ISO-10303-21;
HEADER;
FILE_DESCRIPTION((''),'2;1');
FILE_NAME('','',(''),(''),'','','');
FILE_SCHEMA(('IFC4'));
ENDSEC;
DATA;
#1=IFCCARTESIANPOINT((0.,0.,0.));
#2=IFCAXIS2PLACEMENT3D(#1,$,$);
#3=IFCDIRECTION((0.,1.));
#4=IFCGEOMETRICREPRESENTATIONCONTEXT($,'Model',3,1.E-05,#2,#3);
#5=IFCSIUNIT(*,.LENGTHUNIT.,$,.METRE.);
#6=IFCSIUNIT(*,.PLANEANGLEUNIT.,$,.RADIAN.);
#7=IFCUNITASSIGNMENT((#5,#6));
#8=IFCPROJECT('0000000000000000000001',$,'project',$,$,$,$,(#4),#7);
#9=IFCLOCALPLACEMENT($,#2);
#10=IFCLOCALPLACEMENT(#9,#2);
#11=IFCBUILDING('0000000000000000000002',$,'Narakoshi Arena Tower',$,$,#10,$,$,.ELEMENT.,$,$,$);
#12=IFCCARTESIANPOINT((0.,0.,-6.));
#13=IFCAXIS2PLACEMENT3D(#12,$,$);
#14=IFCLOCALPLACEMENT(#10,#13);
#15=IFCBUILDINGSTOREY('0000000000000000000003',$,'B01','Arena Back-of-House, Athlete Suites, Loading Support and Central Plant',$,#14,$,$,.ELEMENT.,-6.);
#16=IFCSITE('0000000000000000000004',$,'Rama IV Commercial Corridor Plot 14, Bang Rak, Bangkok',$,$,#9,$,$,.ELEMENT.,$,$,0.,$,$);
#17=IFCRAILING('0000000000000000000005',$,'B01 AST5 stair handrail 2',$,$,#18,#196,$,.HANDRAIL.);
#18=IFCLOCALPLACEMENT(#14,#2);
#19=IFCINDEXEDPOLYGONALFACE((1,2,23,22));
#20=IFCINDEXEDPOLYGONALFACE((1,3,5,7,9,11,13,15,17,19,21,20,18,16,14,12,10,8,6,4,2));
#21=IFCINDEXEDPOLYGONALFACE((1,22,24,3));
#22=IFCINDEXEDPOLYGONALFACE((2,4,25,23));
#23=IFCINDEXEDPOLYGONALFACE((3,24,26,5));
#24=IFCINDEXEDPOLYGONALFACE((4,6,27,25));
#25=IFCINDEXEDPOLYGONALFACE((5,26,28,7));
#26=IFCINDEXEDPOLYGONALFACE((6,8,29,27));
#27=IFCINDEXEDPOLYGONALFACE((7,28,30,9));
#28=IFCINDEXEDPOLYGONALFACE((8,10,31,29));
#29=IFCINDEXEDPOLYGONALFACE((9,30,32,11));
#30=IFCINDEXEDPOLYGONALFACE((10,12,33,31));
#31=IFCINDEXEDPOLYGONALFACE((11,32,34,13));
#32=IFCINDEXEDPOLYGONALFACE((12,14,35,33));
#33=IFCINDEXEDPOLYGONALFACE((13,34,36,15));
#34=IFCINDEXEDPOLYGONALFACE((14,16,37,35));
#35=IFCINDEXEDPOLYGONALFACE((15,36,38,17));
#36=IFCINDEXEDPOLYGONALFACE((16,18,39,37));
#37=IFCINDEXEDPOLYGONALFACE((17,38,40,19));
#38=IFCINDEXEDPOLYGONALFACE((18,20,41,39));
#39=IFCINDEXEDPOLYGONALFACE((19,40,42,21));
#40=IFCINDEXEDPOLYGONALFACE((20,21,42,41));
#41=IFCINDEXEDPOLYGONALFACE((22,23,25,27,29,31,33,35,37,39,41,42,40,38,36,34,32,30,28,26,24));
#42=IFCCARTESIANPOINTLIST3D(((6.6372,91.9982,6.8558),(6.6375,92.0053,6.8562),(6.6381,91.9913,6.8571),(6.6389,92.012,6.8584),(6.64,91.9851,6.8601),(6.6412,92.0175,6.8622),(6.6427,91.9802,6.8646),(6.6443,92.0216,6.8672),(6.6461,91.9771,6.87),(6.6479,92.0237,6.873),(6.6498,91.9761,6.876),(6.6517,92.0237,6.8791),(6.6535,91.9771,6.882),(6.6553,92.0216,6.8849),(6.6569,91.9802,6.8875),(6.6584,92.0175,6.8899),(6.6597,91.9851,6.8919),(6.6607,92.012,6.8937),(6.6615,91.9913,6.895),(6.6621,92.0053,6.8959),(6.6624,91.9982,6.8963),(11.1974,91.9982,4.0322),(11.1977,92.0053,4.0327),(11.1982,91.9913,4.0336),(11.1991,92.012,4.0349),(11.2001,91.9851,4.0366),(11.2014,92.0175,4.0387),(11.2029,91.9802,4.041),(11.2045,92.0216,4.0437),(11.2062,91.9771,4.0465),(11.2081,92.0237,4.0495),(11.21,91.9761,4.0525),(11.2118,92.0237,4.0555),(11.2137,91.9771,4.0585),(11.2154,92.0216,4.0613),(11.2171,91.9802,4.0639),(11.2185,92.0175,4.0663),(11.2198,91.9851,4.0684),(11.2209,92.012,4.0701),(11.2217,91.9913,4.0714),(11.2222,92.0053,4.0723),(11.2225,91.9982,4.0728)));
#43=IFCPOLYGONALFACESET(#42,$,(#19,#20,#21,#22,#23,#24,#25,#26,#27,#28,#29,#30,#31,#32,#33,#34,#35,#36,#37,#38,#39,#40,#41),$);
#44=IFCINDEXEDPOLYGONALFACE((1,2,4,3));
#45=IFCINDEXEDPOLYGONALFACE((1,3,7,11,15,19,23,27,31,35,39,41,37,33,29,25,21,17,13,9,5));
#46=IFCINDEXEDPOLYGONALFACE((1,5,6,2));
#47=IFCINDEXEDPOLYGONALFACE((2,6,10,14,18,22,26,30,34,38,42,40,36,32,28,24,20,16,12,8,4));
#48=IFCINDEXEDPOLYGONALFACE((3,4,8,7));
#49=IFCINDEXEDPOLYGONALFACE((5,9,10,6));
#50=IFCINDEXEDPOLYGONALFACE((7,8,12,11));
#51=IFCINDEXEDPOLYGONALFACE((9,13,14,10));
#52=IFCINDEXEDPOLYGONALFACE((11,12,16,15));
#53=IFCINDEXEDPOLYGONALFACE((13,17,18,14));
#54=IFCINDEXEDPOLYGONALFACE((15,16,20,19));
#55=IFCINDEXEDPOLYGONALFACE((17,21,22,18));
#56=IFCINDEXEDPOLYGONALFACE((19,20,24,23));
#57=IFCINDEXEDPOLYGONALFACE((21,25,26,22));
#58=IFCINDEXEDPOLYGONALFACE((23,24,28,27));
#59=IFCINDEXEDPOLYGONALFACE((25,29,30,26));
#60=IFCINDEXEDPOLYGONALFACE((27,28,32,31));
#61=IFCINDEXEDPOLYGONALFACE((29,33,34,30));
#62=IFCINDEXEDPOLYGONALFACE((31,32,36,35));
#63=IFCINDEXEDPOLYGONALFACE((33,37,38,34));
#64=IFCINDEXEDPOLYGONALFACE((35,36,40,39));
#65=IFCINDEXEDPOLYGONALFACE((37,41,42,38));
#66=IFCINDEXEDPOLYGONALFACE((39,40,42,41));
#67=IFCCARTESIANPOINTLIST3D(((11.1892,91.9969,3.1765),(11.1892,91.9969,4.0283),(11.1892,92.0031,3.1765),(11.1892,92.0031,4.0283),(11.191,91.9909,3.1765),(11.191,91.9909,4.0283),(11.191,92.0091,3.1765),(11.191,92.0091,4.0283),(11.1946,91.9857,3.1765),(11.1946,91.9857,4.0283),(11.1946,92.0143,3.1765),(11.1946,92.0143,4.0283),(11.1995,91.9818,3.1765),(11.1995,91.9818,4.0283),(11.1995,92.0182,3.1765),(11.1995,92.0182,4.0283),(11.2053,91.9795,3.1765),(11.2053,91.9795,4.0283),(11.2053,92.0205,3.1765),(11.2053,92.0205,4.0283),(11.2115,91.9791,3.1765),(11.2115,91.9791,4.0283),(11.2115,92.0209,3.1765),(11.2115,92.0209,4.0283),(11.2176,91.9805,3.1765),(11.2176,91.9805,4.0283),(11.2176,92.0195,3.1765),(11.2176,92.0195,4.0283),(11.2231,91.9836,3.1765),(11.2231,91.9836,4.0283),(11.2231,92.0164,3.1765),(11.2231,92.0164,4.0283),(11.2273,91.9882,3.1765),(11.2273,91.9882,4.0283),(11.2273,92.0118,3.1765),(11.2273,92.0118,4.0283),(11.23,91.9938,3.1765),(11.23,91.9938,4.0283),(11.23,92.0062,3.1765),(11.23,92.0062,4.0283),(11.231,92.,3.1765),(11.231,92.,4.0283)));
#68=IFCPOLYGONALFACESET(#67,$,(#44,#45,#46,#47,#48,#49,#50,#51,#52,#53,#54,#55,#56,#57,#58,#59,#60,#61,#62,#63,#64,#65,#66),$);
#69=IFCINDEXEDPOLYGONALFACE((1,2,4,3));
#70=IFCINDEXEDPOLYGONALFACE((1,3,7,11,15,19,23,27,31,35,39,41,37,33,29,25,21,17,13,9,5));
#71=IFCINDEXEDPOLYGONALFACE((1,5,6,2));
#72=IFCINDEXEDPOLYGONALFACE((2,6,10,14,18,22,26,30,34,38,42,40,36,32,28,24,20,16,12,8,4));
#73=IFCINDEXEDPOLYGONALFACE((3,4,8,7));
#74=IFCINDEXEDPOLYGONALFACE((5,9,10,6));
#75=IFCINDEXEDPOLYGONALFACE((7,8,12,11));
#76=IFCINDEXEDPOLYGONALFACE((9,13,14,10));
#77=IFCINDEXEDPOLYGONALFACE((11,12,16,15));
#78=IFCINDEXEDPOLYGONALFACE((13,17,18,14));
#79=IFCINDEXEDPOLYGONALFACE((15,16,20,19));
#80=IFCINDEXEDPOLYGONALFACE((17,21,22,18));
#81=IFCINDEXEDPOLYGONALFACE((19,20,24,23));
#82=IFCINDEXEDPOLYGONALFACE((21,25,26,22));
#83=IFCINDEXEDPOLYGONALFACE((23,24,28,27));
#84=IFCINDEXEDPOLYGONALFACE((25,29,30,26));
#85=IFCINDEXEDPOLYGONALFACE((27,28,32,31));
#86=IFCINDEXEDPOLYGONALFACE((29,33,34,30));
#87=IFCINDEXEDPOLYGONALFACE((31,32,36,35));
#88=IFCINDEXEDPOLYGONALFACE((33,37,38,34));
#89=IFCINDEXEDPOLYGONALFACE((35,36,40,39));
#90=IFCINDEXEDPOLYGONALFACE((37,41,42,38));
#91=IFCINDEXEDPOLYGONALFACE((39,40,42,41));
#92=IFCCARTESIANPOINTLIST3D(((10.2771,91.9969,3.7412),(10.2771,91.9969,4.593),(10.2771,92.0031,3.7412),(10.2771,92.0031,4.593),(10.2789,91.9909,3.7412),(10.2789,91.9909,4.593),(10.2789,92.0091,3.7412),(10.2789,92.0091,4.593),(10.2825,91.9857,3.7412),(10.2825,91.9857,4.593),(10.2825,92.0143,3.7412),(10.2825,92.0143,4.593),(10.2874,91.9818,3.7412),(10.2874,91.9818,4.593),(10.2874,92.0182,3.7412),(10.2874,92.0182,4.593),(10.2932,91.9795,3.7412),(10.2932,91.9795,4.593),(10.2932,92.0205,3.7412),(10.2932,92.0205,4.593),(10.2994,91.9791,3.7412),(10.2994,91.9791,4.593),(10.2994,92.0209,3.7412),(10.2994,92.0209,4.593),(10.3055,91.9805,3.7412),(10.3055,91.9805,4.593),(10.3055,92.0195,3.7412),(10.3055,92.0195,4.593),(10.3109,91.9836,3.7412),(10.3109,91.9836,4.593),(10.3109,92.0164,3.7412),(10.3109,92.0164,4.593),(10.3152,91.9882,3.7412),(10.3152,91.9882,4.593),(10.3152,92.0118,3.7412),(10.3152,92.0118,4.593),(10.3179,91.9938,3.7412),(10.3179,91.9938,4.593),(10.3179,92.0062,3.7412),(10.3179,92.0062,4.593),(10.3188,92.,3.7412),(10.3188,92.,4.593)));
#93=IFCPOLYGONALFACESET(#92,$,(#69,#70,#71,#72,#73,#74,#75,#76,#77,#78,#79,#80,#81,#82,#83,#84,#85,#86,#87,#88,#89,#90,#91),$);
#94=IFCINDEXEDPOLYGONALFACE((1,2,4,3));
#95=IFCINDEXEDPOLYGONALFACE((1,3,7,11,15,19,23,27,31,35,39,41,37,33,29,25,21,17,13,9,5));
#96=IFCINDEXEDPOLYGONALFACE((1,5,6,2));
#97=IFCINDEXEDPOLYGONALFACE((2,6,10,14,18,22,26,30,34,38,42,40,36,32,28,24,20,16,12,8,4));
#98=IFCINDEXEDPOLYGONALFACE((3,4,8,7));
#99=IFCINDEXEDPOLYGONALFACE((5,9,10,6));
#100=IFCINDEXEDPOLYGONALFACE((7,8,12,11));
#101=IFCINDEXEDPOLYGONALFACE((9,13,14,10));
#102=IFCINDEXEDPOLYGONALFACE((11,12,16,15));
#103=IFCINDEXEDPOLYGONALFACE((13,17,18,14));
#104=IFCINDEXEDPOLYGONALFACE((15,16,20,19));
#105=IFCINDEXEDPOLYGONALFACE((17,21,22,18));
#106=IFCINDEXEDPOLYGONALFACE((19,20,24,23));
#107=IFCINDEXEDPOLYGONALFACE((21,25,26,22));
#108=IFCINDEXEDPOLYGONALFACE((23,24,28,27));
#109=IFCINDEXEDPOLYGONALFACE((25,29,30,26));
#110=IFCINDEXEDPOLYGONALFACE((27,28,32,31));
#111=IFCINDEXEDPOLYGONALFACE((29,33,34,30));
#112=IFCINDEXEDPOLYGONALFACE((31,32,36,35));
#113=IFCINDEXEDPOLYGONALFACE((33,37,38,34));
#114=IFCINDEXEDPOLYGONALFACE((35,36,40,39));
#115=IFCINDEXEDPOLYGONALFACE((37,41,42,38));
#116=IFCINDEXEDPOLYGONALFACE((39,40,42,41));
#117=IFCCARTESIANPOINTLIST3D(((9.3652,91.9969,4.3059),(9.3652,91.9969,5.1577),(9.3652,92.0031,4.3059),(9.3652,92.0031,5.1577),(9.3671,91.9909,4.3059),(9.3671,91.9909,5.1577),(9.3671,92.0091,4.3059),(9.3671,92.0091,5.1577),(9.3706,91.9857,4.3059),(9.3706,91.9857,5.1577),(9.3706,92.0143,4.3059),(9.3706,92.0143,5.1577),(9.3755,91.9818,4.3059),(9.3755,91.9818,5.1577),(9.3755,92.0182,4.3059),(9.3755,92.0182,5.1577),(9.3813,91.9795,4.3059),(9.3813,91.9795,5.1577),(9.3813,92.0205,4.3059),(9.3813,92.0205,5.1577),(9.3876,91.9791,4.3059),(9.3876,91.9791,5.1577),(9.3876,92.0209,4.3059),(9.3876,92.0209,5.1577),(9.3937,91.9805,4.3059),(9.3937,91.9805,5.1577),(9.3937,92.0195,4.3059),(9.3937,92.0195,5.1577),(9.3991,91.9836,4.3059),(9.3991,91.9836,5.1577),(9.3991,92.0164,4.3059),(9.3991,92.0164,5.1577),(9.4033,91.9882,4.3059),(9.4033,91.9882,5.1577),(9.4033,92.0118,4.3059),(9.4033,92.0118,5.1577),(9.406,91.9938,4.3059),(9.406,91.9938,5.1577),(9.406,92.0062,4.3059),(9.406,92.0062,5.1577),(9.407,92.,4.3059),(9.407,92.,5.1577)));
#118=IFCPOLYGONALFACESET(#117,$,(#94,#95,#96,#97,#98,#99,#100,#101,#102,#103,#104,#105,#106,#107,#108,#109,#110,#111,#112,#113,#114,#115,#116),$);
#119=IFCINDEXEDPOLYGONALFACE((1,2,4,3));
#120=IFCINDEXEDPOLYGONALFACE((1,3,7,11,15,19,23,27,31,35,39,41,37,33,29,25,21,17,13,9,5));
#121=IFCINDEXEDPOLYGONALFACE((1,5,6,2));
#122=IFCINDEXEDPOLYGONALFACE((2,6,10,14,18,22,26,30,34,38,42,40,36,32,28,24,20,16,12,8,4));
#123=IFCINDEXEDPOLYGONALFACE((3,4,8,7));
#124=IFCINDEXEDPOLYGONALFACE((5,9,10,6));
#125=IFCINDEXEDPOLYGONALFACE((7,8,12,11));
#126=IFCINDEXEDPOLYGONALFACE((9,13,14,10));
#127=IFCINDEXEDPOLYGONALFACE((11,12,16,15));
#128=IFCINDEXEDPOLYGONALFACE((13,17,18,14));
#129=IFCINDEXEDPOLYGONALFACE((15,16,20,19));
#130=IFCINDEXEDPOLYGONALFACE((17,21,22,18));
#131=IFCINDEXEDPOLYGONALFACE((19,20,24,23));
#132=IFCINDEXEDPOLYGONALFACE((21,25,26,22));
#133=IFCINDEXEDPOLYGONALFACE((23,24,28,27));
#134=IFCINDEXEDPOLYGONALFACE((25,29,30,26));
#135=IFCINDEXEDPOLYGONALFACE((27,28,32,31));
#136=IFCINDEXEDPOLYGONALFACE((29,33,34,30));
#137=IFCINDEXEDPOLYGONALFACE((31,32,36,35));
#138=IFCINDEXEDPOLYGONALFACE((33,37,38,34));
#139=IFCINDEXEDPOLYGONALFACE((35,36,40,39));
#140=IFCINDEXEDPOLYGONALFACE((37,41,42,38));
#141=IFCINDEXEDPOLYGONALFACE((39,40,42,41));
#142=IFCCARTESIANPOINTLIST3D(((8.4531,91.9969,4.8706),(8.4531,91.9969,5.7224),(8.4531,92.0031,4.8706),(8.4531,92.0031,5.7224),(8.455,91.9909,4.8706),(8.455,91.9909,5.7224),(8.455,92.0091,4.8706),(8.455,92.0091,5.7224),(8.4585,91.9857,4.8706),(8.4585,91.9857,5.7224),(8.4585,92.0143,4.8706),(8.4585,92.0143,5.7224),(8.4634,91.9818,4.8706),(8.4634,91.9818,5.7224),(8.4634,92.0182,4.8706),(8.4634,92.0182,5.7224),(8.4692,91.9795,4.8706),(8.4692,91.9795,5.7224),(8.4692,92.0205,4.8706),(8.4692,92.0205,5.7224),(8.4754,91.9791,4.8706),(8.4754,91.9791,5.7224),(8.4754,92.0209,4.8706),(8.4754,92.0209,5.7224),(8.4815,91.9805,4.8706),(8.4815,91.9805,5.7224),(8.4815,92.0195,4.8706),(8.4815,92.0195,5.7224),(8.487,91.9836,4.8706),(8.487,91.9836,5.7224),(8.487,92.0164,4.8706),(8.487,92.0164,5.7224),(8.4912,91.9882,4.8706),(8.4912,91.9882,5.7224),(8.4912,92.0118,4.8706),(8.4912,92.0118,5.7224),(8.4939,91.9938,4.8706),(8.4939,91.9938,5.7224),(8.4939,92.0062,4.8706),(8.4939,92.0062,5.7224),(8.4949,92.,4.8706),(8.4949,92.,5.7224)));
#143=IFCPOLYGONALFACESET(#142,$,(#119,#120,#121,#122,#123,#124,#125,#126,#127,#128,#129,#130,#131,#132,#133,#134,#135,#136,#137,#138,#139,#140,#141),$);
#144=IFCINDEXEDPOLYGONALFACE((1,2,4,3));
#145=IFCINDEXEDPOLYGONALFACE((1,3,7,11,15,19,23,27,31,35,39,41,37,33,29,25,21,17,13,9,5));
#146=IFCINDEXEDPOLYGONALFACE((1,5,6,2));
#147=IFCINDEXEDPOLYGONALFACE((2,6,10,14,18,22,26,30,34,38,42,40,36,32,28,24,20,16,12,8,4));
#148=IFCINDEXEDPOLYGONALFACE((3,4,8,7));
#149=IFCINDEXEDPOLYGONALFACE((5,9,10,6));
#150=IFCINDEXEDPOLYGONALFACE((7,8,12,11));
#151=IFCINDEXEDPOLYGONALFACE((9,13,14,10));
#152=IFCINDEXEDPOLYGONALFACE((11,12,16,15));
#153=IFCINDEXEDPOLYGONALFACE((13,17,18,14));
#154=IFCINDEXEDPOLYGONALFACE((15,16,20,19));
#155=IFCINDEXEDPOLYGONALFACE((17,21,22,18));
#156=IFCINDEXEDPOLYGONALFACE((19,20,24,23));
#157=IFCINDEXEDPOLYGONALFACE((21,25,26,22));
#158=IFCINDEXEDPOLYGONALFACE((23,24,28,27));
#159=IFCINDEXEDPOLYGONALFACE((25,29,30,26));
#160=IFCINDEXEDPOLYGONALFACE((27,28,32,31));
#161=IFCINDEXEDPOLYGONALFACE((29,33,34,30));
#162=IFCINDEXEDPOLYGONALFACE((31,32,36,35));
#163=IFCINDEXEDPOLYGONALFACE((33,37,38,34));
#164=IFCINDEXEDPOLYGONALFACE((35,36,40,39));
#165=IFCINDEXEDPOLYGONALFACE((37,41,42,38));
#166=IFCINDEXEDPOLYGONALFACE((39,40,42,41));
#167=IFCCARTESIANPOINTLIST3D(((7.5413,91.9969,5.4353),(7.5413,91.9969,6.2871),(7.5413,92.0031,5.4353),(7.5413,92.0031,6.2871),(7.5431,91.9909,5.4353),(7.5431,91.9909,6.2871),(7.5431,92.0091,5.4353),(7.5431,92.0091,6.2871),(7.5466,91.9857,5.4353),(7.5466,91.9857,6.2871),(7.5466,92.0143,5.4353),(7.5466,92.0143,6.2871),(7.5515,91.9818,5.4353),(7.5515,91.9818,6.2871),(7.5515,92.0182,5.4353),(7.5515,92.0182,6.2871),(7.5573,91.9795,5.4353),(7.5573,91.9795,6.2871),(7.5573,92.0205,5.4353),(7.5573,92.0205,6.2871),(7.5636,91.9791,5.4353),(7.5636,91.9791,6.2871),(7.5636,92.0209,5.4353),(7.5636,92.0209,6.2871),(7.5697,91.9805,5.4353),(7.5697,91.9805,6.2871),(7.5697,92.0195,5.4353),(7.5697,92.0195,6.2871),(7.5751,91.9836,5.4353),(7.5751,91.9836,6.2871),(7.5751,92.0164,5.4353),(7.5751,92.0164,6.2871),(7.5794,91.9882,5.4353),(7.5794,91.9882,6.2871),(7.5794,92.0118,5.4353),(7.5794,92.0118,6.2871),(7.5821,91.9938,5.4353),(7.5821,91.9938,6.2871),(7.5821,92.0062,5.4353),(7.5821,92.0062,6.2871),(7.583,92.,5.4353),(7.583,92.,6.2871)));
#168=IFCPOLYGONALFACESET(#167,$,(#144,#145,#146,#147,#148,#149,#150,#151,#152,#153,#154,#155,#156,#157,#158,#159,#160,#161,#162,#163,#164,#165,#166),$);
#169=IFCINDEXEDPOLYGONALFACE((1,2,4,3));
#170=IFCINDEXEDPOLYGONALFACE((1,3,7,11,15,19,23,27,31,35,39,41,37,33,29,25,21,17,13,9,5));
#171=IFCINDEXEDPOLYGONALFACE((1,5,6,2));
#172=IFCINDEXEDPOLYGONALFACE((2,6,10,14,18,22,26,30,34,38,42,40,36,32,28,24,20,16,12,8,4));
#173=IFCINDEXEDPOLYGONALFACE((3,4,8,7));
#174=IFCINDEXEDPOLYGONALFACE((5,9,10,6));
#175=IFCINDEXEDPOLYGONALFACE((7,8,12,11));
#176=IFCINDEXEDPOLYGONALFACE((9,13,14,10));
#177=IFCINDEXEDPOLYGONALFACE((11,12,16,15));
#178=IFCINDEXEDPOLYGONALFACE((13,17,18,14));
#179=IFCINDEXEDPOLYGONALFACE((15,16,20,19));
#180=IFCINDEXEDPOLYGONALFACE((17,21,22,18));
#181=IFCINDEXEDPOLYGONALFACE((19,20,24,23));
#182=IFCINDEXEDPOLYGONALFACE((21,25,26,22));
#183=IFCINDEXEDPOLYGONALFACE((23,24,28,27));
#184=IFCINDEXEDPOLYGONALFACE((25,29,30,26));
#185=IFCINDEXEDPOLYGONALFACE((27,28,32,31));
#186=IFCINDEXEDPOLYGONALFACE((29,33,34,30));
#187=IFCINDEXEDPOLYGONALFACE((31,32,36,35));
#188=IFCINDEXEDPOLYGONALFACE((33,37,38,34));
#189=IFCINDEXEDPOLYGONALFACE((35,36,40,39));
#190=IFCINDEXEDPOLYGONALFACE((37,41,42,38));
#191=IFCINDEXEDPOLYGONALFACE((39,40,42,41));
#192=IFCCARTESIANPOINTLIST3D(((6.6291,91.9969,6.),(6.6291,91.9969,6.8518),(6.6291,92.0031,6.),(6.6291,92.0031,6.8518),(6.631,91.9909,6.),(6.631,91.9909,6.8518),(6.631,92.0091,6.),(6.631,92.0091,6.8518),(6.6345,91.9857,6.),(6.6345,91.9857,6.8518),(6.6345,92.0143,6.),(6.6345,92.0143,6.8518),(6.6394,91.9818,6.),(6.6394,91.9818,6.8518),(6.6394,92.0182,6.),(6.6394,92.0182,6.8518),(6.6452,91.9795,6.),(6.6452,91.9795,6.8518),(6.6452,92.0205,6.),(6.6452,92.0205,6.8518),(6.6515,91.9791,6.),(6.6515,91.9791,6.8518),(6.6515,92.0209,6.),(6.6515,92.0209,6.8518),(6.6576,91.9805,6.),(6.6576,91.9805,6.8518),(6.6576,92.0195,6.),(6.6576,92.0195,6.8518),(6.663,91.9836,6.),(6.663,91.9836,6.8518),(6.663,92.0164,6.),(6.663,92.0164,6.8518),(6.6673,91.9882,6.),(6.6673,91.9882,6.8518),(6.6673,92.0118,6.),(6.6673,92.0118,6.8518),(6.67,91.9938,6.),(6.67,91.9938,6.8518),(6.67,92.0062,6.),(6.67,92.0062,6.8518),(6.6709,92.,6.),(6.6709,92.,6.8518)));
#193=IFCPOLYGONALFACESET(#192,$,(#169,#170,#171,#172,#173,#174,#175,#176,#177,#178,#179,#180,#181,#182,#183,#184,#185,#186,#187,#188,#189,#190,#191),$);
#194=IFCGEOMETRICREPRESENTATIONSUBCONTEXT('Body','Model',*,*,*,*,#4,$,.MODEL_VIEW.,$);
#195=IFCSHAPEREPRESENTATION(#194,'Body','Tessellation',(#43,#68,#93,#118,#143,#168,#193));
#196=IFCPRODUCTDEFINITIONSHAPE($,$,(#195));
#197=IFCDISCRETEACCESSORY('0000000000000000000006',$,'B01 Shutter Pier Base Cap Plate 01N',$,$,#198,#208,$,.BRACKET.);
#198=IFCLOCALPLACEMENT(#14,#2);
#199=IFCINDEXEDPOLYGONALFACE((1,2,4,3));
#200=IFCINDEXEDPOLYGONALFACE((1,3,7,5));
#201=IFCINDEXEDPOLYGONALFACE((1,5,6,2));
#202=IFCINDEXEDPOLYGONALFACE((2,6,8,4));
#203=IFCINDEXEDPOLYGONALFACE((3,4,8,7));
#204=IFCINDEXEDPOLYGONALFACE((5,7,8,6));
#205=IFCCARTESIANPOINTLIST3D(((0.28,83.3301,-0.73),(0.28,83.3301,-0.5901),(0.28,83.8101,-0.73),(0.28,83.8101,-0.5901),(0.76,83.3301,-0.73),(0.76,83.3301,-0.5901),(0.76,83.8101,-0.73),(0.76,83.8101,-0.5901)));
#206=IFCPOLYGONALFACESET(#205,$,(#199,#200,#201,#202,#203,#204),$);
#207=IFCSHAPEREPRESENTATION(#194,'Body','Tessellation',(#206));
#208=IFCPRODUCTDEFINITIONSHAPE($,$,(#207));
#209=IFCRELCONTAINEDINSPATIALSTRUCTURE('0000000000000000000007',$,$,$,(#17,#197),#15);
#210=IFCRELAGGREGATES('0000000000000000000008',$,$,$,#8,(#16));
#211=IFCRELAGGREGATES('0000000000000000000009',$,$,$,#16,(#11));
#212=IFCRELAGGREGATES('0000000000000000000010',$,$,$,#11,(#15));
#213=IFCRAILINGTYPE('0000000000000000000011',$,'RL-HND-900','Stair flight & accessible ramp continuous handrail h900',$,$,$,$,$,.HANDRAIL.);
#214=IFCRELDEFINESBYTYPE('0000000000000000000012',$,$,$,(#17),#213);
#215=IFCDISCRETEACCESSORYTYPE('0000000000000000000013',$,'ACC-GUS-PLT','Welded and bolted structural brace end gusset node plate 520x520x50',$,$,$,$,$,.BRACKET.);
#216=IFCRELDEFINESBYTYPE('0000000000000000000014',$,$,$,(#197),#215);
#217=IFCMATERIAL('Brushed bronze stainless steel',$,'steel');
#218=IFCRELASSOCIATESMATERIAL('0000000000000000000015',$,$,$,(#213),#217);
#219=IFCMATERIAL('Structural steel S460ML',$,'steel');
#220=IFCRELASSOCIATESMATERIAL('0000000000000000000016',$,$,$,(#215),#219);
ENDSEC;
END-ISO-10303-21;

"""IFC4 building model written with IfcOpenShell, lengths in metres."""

from ifc_helpers import new_model, si_unit, direction, frame, origin, origin_2d, place, context, subcontext, project, spatial, rectangle, circle, extrude, material, type_object, element, save


model = new_model("IFC4")

# Units and contexts
model_context = context("Model", 3, precision=1e-05, world=origin(), true_north=direction((0.0, 1.0)))
body_context = subcontext(model_context, "Body", "Model", "MODEL_VIEW")
ifc_project = project(units=[si_unit("LENGTHUNIT", "METRE"), si_unit("PLANEANGLEUNIT", "RADIAN")], contexts=[model_context])

# Site, building, storey
site_placement = place(None, origin())
site = spatial("IfcSite", under=ifc_project, at=site_placement, Name="Rama IV Commercial Corridor Plot 14, Bang Rak, Bangkok", CompositionType="ELEMENT", RefElevation=0.0)
building_placement = place(site_placement, origin())
building = spatial("IfcBuilding", under=site, at=building_placement, Name="Narakoshi Arena Tower", CompositionType="ELEMENT")
storey_placement = place(building_placement, frame((0.0, 0.0, -6.0)))
storey = spatial("IfcBuildingStorey", under=building, at=storey_placement, Name="B01", Description="Arena Back-of-House, Athlete Suites, Loading Support and Central Plant", CompositionType="ELEMENT", Elevation=-6.0)

# Railing
ifc_material_1 = material(Name="Brushed bronze stainless steel", Category="steel")
railing_type_1 = type_object("IfcRailingType", Name="RL-HND-900", Description="Stair flight & accessible ramp continuous handrail h900", PredefinedType="HANDRAIL", material=ifc_material_1)
railing_1_placement = place(storey_placement, frame((11.21, 92.0, 3.1765)))
element("IfcRailing", 1, at=railing_1_placement, inside=storey, type_object=railing_type_1, Name="B01 AST5 stair handrail 2", PredefinedType="HANDRAIL", context=body_context, shape_type="SweptSolid", body=[
    extrude(circle(Radius=0.0239, at=origin_2d()), frame((0.0, 0.0, 0.876), z_axis=(-0.850216, 0.0, 0.526435), x_axis=(0.0, -1.0, 0.0)), (0.0, 0.0, 1.0), 5.3635),
    extrude(circle(Radius=0.021, at=origin_2d()), origin(), (0.0, 0.0, 1.0), 0.8518),
    extrude(circle(Radius=0.021, at=origin_2d()), frame((-0.9121, 0.0, 0.5647)), (0.0, 0.0, 1.0), 0.8518),
    extrude(circle(Radius=0.021, at=origin_2d()), frame((-1.824, 0.0, 1.1294)), (0.0, 0.0, 1.0), 0.8518),
    extrude(circle(Radius=0.021, at=origin_2d()), frame((-2.7361, 0.0, 1.6941)), (0.0, 0.0, 1.0), 0.8518),
    extrude(circle(Radius=0.021, at=origin_2d()), frame((-3.6479, 0.0, 2.2588)), (0.0, 0.0, 1.0), 0.8518),
    extrude(circle(Radius=0.021, at=origin_2d()), frame((-4.5601, 0.0, 2.8235)), (0.0, 0.0, 1.0), 0.8518),
])

# Discrete accessory
ifc_material_2 = material(Name="Structural steel S460ML", Category="steel")
discrete_accessory_type = type_object("IfcDiscreteAccessoryType", Name="ACC-GUS-PLT", Description="Welded and bolted structural brace end gusset node plate 520x520x50", PredefinedType="BRACKET", material=ifc_material_2)
for number, where, z_axis, x_axis, name in (
    (2, (0.52, 83.5701, -0.73), (0.0, 0.0, 1.0), (1.0, 0.0, 0.0), "B01 Shutter Pier Base Cap Plate 01N"),
):
    element("IfcDiscreteAccessory", number, at=place(storey_placement, frame(where, z_axis=z_axis, x_axis=x_axis)), inside=storey, type_object=discrete_accessory_type, Name=name, PredefinedType="BRACKET", context=body_context, shape_type="SweptSolid", body=[
        extrude(rectangle(XDim=0.48, YDim=0.48, at=origin_2d()), origin(), (0.0, 0.0, 1.0), 0.1399),
    ])

save(model, "model.ifc")
